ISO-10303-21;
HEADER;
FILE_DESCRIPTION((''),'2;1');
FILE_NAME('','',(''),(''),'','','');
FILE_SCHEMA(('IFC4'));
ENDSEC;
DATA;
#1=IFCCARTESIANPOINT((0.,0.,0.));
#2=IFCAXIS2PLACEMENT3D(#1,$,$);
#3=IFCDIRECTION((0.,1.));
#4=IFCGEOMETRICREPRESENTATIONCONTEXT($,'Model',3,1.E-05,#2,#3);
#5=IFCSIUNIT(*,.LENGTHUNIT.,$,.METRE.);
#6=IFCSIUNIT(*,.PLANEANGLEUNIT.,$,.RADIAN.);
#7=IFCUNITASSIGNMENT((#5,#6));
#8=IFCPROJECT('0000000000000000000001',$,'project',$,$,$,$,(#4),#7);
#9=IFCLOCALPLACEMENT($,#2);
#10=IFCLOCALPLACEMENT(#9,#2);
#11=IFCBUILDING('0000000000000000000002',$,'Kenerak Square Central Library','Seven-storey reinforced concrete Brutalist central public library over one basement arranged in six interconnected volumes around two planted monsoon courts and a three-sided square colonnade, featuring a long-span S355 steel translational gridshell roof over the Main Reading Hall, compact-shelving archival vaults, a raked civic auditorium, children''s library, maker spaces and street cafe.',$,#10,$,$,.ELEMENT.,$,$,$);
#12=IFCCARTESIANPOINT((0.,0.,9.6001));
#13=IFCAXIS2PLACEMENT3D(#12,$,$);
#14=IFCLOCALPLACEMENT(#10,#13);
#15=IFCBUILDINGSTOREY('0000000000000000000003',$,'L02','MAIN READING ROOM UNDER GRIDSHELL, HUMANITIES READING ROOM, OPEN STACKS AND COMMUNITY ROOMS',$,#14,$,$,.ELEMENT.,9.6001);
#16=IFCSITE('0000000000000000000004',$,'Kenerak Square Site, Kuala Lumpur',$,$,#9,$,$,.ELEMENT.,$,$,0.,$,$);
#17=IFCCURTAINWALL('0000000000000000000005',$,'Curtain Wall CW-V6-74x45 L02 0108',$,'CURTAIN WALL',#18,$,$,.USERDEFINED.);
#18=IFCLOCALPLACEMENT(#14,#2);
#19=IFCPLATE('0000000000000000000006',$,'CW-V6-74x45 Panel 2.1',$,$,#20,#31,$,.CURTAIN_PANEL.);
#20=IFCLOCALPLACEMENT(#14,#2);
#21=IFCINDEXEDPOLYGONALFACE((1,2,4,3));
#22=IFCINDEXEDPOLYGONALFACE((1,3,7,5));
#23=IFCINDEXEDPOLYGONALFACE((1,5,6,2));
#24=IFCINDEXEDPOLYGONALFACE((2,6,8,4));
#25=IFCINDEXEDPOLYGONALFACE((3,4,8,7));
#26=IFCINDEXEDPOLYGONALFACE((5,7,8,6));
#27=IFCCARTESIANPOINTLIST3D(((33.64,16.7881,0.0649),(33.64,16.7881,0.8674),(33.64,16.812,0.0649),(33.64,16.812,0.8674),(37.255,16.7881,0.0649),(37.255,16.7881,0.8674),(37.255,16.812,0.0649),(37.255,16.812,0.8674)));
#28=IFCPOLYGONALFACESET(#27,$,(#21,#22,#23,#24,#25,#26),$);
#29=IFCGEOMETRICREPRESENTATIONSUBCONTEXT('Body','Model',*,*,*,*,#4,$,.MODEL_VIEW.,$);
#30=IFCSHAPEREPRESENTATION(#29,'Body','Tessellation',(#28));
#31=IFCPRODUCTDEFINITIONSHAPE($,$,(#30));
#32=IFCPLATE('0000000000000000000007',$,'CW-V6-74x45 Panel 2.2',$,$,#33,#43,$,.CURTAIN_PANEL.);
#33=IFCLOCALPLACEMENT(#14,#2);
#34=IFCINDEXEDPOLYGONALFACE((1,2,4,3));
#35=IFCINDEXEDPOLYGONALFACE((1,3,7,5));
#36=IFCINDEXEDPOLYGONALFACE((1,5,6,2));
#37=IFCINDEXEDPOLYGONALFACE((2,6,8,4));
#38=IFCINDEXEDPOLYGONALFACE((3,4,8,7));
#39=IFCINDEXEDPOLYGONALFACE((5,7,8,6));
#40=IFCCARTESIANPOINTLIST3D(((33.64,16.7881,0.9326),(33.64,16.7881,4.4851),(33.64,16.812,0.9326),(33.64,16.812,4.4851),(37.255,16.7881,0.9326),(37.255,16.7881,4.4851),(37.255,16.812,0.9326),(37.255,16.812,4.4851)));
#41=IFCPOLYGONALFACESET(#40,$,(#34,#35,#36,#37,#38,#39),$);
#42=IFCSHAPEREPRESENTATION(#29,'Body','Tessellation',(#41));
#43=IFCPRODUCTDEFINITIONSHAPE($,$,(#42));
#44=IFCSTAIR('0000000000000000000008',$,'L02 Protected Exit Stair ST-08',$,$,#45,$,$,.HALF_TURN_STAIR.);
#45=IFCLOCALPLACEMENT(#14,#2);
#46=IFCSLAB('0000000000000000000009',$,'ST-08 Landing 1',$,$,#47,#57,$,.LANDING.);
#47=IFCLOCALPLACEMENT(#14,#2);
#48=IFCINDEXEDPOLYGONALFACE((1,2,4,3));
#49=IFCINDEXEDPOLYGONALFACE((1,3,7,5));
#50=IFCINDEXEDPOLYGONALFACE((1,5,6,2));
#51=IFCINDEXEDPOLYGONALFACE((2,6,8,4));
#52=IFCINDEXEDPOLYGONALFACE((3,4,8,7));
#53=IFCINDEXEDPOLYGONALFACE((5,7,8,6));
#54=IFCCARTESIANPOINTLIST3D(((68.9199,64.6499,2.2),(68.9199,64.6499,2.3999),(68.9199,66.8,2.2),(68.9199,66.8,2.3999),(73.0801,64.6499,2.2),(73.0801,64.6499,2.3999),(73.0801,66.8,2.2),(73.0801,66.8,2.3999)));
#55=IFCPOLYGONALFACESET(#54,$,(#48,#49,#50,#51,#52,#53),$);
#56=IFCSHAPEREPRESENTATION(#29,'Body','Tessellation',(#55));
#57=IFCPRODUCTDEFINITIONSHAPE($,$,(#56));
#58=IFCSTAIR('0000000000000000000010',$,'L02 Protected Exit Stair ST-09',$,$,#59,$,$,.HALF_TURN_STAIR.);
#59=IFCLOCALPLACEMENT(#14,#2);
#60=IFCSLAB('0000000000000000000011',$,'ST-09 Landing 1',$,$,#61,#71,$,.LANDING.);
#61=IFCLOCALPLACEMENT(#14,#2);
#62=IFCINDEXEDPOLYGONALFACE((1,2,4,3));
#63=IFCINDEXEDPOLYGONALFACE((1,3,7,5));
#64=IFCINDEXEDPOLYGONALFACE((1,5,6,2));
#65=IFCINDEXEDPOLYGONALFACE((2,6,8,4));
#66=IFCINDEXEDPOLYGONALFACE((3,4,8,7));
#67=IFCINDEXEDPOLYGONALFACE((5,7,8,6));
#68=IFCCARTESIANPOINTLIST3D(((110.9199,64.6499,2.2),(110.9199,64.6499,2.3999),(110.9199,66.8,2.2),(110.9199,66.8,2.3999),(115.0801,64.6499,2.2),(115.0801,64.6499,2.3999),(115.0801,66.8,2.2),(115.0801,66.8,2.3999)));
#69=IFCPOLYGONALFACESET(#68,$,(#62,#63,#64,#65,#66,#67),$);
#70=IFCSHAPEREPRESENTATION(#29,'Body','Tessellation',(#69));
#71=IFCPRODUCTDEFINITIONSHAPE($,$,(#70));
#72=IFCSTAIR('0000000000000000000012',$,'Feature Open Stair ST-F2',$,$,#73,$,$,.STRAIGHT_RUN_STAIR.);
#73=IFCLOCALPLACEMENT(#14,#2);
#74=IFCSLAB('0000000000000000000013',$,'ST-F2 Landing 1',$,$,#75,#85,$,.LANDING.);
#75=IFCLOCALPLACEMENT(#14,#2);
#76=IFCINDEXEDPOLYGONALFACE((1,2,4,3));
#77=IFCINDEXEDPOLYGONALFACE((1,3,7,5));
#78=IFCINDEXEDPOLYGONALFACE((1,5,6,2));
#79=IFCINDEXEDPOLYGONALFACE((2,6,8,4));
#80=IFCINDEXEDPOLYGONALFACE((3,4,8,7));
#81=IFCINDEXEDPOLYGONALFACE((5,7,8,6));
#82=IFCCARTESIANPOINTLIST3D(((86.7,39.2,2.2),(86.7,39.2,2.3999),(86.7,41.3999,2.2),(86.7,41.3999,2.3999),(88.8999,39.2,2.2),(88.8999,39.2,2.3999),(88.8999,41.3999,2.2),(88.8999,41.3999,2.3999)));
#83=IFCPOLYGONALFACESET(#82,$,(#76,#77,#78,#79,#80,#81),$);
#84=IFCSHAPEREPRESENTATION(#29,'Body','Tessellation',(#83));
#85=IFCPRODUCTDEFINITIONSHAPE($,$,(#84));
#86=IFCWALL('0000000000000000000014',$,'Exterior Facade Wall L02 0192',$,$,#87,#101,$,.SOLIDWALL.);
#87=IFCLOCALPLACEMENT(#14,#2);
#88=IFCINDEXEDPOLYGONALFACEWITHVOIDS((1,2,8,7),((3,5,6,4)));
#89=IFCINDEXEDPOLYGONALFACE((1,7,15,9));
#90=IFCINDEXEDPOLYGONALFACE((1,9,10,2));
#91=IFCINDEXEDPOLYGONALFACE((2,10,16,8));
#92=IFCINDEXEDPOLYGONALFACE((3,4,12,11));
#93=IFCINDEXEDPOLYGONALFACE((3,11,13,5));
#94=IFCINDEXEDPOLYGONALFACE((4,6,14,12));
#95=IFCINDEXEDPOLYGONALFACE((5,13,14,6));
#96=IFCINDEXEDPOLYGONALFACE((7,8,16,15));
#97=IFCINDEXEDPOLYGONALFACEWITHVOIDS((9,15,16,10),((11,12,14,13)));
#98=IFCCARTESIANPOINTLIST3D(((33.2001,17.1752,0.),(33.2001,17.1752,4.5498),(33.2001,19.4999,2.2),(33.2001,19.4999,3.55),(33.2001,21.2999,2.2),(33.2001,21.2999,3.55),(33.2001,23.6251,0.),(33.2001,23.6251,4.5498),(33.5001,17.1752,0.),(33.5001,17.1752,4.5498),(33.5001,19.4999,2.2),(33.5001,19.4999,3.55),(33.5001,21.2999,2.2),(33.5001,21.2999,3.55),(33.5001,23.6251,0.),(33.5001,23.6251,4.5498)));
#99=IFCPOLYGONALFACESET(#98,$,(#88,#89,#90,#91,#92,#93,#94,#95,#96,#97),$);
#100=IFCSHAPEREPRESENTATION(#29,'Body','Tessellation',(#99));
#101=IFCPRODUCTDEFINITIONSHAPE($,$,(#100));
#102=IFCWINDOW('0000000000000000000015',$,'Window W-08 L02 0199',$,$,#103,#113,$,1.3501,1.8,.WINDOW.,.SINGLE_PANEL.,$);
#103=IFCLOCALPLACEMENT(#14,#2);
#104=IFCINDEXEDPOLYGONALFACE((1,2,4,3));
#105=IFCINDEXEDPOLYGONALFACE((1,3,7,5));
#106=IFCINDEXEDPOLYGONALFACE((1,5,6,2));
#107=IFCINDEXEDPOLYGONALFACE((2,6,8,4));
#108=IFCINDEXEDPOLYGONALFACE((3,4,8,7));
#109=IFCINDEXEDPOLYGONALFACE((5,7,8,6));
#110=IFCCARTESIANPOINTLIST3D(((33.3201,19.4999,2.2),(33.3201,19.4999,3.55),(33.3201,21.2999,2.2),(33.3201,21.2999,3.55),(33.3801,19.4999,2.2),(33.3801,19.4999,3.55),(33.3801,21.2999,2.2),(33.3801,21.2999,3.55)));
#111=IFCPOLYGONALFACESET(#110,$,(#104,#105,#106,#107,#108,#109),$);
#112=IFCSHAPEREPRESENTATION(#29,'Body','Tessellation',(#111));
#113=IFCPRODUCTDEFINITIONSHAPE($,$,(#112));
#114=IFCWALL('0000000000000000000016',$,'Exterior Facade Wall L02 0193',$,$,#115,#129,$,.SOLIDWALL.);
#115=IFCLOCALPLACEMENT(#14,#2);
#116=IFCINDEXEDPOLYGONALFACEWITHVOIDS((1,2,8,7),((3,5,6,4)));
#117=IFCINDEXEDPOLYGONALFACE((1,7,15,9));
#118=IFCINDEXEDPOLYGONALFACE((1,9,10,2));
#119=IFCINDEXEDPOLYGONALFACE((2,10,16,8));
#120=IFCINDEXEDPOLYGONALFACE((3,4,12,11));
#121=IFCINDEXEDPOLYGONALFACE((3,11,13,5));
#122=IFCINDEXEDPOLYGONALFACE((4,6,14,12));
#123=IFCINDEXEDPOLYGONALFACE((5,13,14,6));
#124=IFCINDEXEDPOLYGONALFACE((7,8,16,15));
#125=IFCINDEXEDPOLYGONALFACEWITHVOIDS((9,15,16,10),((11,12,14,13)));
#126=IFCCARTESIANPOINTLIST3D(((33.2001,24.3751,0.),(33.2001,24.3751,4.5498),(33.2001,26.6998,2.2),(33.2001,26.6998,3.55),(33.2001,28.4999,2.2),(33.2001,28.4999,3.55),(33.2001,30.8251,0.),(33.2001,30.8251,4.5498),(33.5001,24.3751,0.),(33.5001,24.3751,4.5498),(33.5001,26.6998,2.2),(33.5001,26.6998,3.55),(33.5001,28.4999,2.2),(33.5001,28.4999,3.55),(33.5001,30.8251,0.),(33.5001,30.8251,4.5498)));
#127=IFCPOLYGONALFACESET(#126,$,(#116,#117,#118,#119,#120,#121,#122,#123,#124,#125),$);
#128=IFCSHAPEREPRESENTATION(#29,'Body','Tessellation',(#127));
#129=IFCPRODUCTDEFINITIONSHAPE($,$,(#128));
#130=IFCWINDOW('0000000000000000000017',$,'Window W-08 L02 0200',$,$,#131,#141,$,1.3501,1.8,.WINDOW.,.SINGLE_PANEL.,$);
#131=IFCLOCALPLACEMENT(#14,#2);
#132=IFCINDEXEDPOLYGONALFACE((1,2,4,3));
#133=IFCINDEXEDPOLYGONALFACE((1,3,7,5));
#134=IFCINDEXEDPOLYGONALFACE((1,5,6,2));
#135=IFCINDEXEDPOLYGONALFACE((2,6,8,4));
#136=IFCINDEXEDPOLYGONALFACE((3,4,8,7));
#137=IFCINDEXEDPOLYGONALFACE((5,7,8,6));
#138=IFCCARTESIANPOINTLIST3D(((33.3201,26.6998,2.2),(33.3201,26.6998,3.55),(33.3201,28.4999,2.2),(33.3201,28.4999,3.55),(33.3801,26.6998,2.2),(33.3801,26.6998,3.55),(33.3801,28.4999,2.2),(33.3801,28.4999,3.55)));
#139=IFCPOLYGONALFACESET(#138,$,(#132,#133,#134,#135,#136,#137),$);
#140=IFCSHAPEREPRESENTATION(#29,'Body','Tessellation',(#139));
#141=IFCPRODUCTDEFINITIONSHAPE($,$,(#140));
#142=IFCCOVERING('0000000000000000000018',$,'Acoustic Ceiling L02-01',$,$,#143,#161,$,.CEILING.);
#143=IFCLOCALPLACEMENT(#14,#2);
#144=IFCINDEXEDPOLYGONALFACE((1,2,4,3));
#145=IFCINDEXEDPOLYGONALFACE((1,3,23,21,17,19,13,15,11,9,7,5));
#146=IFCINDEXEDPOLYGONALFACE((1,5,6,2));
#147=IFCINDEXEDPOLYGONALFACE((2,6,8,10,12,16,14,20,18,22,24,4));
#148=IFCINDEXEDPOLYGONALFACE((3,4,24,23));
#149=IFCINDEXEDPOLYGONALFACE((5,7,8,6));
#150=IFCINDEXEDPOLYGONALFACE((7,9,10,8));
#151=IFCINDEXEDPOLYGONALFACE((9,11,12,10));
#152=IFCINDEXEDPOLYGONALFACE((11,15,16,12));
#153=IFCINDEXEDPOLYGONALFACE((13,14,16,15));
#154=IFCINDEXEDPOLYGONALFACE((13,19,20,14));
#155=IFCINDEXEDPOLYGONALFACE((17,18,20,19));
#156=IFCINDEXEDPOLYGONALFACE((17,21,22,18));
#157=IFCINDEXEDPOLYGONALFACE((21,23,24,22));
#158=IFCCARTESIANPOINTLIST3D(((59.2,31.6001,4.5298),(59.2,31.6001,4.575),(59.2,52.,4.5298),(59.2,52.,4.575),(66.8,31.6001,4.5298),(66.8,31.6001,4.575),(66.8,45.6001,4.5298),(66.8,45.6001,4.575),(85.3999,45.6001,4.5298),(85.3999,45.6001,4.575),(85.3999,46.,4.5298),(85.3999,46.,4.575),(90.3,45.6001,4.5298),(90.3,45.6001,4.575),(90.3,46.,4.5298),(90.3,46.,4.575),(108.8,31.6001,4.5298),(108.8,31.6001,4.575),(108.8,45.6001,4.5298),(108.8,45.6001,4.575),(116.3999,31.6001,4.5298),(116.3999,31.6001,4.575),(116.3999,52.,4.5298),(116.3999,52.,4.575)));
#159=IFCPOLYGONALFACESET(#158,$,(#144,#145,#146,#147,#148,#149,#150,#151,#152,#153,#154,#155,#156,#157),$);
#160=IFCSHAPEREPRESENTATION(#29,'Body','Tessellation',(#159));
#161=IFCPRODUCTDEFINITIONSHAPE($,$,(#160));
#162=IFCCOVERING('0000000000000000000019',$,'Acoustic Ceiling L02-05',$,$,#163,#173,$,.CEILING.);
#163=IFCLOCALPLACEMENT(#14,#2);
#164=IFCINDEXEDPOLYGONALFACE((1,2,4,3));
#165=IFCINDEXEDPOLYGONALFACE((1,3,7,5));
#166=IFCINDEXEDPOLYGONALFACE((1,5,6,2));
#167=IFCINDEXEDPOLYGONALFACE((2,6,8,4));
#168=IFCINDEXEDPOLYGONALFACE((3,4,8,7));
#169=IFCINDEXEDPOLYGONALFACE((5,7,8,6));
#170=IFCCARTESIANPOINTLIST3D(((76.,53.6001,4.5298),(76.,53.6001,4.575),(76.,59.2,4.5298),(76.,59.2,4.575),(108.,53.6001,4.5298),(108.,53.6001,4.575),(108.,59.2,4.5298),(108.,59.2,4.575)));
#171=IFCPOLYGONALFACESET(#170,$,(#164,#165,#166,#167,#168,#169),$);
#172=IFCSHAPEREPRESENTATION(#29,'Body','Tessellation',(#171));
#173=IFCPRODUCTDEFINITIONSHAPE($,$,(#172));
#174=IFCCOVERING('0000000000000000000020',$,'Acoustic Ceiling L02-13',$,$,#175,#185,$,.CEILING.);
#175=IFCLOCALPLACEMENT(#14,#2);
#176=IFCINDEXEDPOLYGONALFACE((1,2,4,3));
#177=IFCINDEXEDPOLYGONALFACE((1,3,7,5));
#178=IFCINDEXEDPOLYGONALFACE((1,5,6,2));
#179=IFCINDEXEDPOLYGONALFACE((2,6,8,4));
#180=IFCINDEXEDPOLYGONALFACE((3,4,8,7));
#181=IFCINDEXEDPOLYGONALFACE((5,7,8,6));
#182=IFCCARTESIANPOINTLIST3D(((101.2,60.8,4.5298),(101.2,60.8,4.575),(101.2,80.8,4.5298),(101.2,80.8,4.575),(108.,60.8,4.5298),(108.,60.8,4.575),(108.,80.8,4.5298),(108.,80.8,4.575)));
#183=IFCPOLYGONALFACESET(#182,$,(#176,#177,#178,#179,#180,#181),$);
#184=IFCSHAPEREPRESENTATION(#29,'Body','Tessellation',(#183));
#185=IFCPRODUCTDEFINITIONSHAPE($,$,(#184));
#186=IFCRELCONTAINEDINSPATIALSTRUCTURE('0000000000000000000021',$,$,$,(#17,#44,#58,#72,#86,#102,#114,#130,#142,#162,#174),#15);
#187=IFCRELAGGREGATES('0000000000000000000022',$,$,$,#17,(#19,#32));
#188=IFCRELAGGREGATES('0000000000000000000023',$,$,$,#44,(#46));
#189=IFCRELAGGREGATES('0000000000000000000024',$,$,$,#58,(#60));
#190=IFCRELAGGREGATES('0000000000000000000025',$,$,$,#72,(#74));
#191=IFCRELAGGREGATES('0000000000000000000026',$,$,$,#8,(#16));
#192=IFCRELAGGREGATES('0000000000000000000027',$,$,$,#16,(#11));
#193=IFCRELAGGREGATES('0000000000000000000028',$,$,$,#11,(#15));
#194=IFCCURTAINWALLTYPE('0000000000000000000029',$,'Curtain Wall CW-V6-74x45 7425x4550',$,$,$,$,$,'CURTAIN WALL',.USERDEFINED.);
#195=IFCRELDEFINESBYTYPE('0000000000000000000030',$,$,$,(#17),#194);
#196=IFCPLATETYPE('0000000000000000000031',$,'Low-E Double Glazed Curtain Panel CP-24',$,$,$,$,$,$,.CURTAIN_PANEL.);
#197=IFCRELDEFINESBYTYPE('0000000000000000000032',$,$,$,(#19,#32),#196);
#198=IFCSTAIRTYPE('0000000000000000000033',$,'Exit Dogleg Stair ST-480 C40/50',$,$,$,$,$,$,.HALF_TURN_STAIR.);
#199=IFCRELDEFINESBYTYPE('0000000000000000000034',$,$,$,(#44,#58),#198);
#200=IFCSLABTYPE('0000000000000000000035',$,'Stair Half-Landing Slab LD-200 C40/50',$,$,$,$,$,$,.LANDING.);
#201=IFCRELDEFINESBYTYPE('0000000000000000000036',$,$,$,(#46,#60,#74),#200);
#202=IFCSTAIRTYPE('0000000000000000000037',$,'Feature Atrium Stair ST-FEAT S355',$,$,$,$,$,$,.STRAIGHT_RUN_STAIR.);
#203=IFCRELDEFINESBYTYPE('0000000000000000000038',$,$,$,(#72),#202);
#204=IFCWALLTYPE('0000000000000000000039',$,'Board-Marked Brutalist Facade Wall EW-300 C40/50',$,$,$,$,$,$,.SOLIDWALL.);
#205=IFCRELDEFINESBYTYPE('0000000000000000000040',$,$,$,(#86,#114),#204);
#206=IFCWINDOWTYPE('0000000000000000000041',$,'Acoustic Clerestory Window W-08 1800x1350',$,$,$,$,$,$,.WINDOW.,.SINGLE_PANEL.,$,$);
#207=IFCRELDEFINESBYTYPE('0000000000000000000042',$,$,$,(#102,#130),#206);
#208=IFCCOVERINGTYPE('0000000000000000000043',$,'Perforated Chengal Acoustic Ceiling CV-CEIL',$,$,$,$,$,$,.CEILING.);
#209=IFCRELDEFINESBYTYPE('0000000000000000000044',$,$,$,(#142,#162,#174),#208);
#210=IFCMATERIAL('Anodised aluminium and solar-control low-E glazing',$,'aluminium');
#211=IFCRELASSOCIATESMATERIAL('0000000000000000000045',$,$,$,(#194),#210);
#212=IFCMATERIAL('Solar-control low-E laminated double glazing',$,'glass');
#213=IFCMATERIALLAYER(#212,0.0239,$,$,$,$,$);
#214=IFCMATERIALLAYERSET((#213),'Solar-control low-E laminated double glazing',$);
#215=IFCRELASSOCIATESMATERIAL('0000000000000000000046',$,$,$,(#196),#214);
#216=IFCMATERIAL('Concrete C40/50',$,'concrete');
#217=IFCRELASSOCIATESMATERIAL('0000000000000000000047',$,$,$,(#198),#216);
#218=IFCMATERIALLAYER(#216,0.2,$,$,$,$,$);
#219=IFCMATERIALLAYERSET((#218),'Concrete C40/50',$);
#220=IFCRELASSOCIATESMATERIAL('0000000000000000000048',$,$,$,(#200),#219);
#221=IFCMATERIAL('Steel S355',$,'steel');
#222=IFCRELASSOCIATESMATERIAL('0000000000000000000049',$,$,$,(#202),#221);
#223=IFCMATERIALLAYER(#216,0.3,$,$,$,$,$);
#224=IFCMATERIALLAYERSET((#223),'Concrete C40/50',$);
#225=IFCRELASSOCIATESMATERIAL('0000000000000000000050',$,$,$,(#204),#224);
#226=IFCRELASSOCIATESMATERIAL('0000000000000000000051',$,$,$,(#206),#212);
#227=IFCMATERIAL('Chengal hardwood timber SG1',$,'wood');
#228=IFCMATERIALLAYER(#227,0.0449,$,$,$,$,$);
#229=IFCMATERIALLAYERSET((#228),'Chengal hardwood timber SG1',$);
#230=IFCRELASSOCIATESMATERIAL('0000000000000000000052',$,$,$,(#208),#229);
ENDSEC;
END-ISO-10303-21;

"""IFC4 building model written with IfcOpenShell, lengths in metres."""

from ifc_helpers import new_model, si_unit, direction, frame, frame_2d, origin, origin_2d, place, context, subcontext, project, spatial, polyline, rectangle, outline, extrude, material, layer, layer_set, type_object, element, fill, aggregate, save


model = new_model("IFC4")

# Units and contexts
model_context = context("Model", 3, precision=1e-05, world=origin(), true_north=direction((0.0, 1.0)))
body_context = subcontext(model_context, "Body", "Model", "MODEL_VIEW")
ifc_project = project(units=[si_unit("LENGTHUNIT", "METRE"), si_unit("PLANEANGLEUNIT", "RADIAN")], contexts=[model_context])

# Site, building, storey
site_placement = place(None, origin())
site = spatial("IfcSite", under=ifc_project, at=site_placement, Name="Kenerak Square Site, Kuala Lumpur", CompositionType="ELEMENT", RefElevation=0.0)
building_placement = place(site_placement, origin())
building = spatial("IfcBuilding", under=site, at=building_placement, Name="Kenerak Square Central Library", Description="Seven-storey reinforced concrete Brutalist central public library over one basement arranged in six interconnected volumes around two planted monsoon courts and a three-sided square colonnade, featuring a long-span S355 steel translational gridshell roof over the Main Reading Hall, compact-shelving archival vaults, a raked civic auditorium, children's library, maker spaces and street cafe.", CompositionType="ELEMENT")
storey_placement = place(building_placement, frame((0.0, 0.0, 9.6001)))
storey = spatial("IfcBuildingStorey", under=building, at=storey_placement, Name="L02", Description="MAIN READING ROOM UNDER GRIDSHELL, HUMANITIES READING ROOM, OPEN STACKS AND COMMUNITY ROOMS", CompositionType="ELEMENT", Elevation=9.6001)

# Shared definitions
ifc_material_1 = material(Name="Concrete C40/50", Category="concrete")

# Curtain wall, plates
ifc_material_2 = material(Name="Anodised aluminium and solar-control low-E glazing", Category="aluminium")
curtain_wall_type = type_object("IfcCurtainWallType", Name="Curtain Wall CW-V6-74x45 7425x4550", ElementType="CURTAIN WALL", PredefinedType="USERDEFINED", material=ifc_material_2)
curtain_wall_placement = place(storey_placement, origin())
curtain_wall = element("IfcCurtainWall", 1, at=curtain_wall_placement, inside=storey, type_object=curtain_wall_type, Name="Curtain Wall CW-V6-74x45 L02 0108", ObjectType="CURTAIN WALL", PredefinedType="USERDEFINED")
ifc_material_3 = material(Name="Solar-control low-E laminated double glazing", Category="glass")
ifc_layer_1 = layer(ifc_material_3, 0.0239)
ifc_layer_set_1 = layer_set([ifc_layer_1], Name="Solar-control low-E laminated double glazing")
plate_type = type_object("IfcPlateType", Name="Low-E Double Glazed Curtain Panel CP-24", PredefinedType="CURTAIN_PANEL", material=ifc_layer_set_1)
plate_1_placement = place(storey_placement, frame((35.4475, 16.8, 0.0649), z_axis=(0.0, 0.0, 1.0), x_axis=(-1.0, 0.0, 0.0)))
plate_1 = element("IfcPlate", 2, at=plate_1_placement, type_object=plate_type, Name="CW-V6-74x45 Panel 2.1", PredefinedType="CURTAIN_PANEL", context=body_context, shape_type="SweptSolid", body=[
    extrude(rectangle(XDim=3.615, YDim=0.0239, at=origin_2d()), origin(), (0.0, 0.0, 1.0), 0.8025),
])
plate_2_placement = place(storey_placement, frame((35.4475, 16.8, 0.9326), z_axis=(0.0, 0.0, 1.0), x_axis=(-1.0, 0.0, 0.0)))
plate_2 = element("IfcPlate", 3, at=plate_2_placement, type_object=plate_type, Name="CW-V6-74x45 Panel 2.2", PredefinedType="CURTAIN_PANEL", context=body_context, shape_type="SweptSolid", body=[
    extrude(rectangle(XDim=3.615, YDim=0.0239, at=origin_2d()), origin(), (0.0, 0.0, 1.0), 3.5525),
])
aggregate(curtain_wall, [plate_1, plate_2])

# Stairs, slabs
stair_type_1 = type_object("IfcStairType", Name="Exit Dogleg Stair ST-480 C40/50", PredefinedType="HALF_TURN_STAIR", material=ifc_material_1)
stair_1_placement = place(storey_placement, origin())
stair_1 = element("IfcStair", 4, at=stair_1_placement, inside=storey, type_object=stair_type_1, Name="L02 Protected Exit Stair ST-08", PredefinedType="HALF_TURN_STAIR")
ifc_layer_2 = layer(ifc_material_1, 0.2)
ifc_layer_set_2 = layer_set([ifc_layer_2], Name="Concrete C40/50")
slab_type = type_object("IfcSlabType", Name="Stair Half-Landing Slab LD-200 C40/50", PredefinedType="LANDING", material=ifc_layer_set_2)
slab_1_placement = place(storey_placement, frame((0.0, 0.0, 2.2)))
slab_1 = element("IfcSlab", 5, at=slab_1_placement, type_object=slab_type, Name="ST-08 Landing 1", PredefinedType="LANDING", context=body_context, shape_type="SweptSolid", body=[
    extrude(outline(polyline([(73.0801, 64.6499), (73.0801, 66.8), (68.9199, 66.8), (68.9199, 64.6499), (73.0801, 64.6499)])), origin(), (0.0, 0.0, 1.0), 0.2),
])
aggregate(stair_1, [slab_1])
stair_2_placement = place(storey_placement, origin())
stair_2 = element("IfcStair", 6, at=stair_2_placement, inside=storey, type_object=stair_type_1, Name="L02 Protected Exit Stair ST-09", PredefinedType="HALF_TURN_STAIR")
slab_2_placement = place(storey_placement, frame((0.0, 0.0, 2.2)))
slab_2 = element("IfcSlab", 7, at=slab_2_placement, type_object=slab_type, Name="ST-09 Landing 1", PredefinedType="LANDING", context=body_context, shape_type="SweptSolid", body=[
    extrude(outline(polyline([(115.0801, 64.6499), (115.0801, 66.8), (110.9199, 66.8), (110.9199, 64.6499), (115.0801, 64.6499)])), origin(), (0.0, 0.0, 1.0), 0.2),
])
aggregate(stair_2, [slab_2])
ifc_material_4 = material(Name="Steel S355", Category="steel")
stair_type_2 = type_object("IfcStairType", Name="Feature Atrium Stair ST-FEAT S355", PredefinedType="STRAIGHT_RUN_STAIR", material=ifc_material_4)
stair_3_placement = place(storey_placement, origin())
stair_3 = element("IfcStair", 8, at=stair_3_placement, inside=storey, type_object=stair_type_2, Name="Feature Open Stair ST-F2", PredefinedType="STRAIGHT_RUN_STAIR")
slab_3_placement = place(storey_placement, frame((0.0, 0.0, 2.2)))
slab_3 = element("IfcSlab", 9, at=slab_3_placement, type_object=slab_type, Name="ST-F2 Landing 1", PredefinedType="LANDING", context=body_context, shape_type="SweptSolid", body=[
    extrude(outline(polyline([(86.7, 39.2), (88.8999, 39.2), (88.8999, 41.3999), (86.7, 41.3999), (86.7, 39.2)])), origin(), (0.0, 0.0, 1.0), 0.2),
])
aggregate(stair_3, [slab_3])

# Walls, openings, windows
ifc_layer_3 = layer(ifc_material_1, 0.3)
ifc_layer_set_3 = layer_set([ifc_layer_3], Name="Concrete C40/50")
wall_type = type_object("IfcWallType", Name="Board-Marked Brutalist Facade Wall EW-300 C40/50", PredefinedType="SOLIDWALL", material=ifc_layer_set_3)
wall_1_placement = place(storey_placement, frame((33.3501, 17.175, 0.0), z_axis=(0.0, 0.0, 1.0), x_axis=(0.0, 1.0, 0.0)))
wall_1 = element("IfcWall", 10, at=wall_1_placement, inside=storey, type_object=wall_type, Name="Exterior Facade Wall L02 0192", PredefinedType="SOLIDWALL", context=body_context, shape_type="SweptSolid", body=[
    extrude(rectangle(XDim=6.45, YDim=0.3, at=frame_2d((3.2251, 0.0))), origin(), (0.0, 0.0, 1.0), 4.5498),
])
opening_1_placement = place(wall_1_placement, frame((2.325, 0.0, 2.2)))
opening_1 = element("IfcOpeningElement", 11, at=opening_1_placement, cuts=wall_1, PredefinedType="OPENING", context=body_context, shape_type="SweptSolid", body=[
    extrude(rectangle(XDim=1.8, YDim=1.3501, at=frame_2d((0.8999, 0.675))), frame((0.0, 0.1599, 0.0), z_axis=(0.0, -1.0, 0.0), x_axis=(1.0, 0.0, 0.0)), (0.0, 0.0, 1.0), 0.3201),
])
window_type = type_object("IfcWindowType", Name="Acoustic Clerestory Window W-08 1800x1350", PartitioningType="SINGLE_PANEL", PredefinedType="WINDOW", material=ifc_material_3)
window_1_placement = place(opening_1_placement, origin())
window_1 = element("IfcWindow", 12, at=window_1_placement, inside=storey, type_object=window_type, Name="Window W-08 L02 0199", OverallHeight=1.3501, OverallWidth=1.8, PartitioningType="SINGLE_PANEL", PredefinedType="WINDOW", context=body_context, shape_type="SweptSolid", body=[
    extrude(rectangle(XDim=1.8, YDim=1.3501, at=frame_2d((0.8999, 0.675))), frame((0.0, 0.03, 0.0), z_axis=(0.0, -1.0, 0.0), x_axis=(1.0, 0.0, 0.0)), (0.0, 0.0, 1.0), 0.0601),
])
fill(opening_1, window_1)
wall_2_placement = place(storey_placement, frame((33.3501, 24.375, 0.0), z_axis=(0.0, 0.0, 1.0), x_axis=(0.0, 1.0, 0.0)))
wall_2 = element("IfcWall", 13, at=wall_2_placement, inside=storey, type_object=wall_type, Name="Exterior Facade Wall L02 0193", PredefinedType="SOLIDWALL", context=body_context, shape_type="SweptSolid", body=[
    extrude(rectangle(XDim=6.45, YDim=0.3, at=frame_2d((3.2251, 0.0))), origin(), (0.0, 0.0, 1.0), 4.5498),
])
opening_2_placement = place(wall_2_placement, frame((2.325, 0.0, 2.2)))
opening_2 = element("IfcOpeningElement", 14, at=opening_2_placement, cuts=wall_2, PredefinedType="OPENING", context=body_context, shape_type="SweptSolid", body=[
    extrude(rectangle(XDim=1.8, YDim=1.3501, at=frame_2d((0.8999, 0.675))), frame((0.0, 0.1599, 0.0), z_axis=(0.0, -1.0, 0.0), x_axis=(1.0, 0.0, 0.0)), (0.0, 0.0, 1.0), 0.3201),
])
window_2_placement = place(opening_2_placement, origin())
window_2 = element("IfcWindow", 15, at=window_2_placement, inside=storey, type_object=window_type, Name="Window W-08 L02 0200", OverallHeight=1.3501, OverallWidth=1.8, PartitioningType="SINGLE_PANEL", PredefinedType="WINDOW", context=body_context, shape_type="SweptSolid", body=[
    extrude(rectangle(XDim=1.8, YDim=1.3501, at=frame_2d((0.8999, 0.675))), frame((0.0, 0.03, 0.0), z_axis=(0.0, -1.0, 0.0), x_axis=(1.0, 0.0, 0.0)), (0.0, 0.0, 1.0), 0.0601),
])
fill(opening_2, window_2)

# Coverings
ifc_material_5 = material(Name="Chengal hardwood timber SG1", Category="wood")
ifc_layer_4 = layer(ifc_material_5, 0.0449)
ifc_layer_set_4 = layer_set([ifc_layer_4], Name="Chengal hardwood timber SG1")
covering_type_1 = type_object("IfcCoveringType", Name="Perforated Chengal Acoustic Ceiling CV-CEIL", PredefinedType="CEILING", material=ifc_layer_set_4)
covering_1_placement = place(storey_placement, frame((0.0, 0.0, 4.5298)))
element("IfcCovering", 16, at=covering_1_placement, inside=storey, type_object=covering_type_1, Name="Acoustic Ceiling L02-01", PredefinedType="CEILING", context=body_context, shape_type="SweptSolid", body=[
    extrude(outline(polyline([(59.2, 31.6001), (59.2, 52.0), (116.3999, 52.0), (116.3999, 31.6001), (108.8, 31.6001), (108.8, 45.6001), (90.3, 45.6001), (90.3, 46.0), (85.3999, 46.0), (85.3999, 45.6001), (66.8, 45.6001), (66.8, 31.6001), (59.2, 31.6001)])), origin(), (0.0, 0.0, 1.0), 0.0452),
])
covering_2_placement = place(storey_placement, frame((0.0, 0.0, 4.5298)))
element("IfcCovering", 17, at=covering_2_placement, inside=storey, type_object=covering_type_1, Name="Acoustic Ceiling L02-05", PredefinedType="CEILING", context=body_context, shape_type="SweptSolid", body=[
    extrude(outline(polyline([(76.0, 59.2), (108.0, 59.2), (108.0, 53.6001), (76.0, 53.6001), (76.0, 59.2)])), origin(), (0.0, 0.0, 1.0), 0.0452),
])
covering_3_placement = place(storey_placement, frame((0.0, 0.0, 4.5298)))
element("IfcCovering", 18, at=covering_3_placement, inside=storey, type_object=covering_type_1, Name="Acoustic Ceiling L02-13", PredefinedType="CEILING", context=body_context, shape_type="SweptSolid", body=[
    extrude(outline(polyline([(101.2, 80.8), (108.0, 80.8), (108.0, 60.8), (101.2, 60.8), (101.2, 80.8)])), origin(), (0.0, 0.0, 1.0), 0.0452),
])

save(model, "model.ifc")
